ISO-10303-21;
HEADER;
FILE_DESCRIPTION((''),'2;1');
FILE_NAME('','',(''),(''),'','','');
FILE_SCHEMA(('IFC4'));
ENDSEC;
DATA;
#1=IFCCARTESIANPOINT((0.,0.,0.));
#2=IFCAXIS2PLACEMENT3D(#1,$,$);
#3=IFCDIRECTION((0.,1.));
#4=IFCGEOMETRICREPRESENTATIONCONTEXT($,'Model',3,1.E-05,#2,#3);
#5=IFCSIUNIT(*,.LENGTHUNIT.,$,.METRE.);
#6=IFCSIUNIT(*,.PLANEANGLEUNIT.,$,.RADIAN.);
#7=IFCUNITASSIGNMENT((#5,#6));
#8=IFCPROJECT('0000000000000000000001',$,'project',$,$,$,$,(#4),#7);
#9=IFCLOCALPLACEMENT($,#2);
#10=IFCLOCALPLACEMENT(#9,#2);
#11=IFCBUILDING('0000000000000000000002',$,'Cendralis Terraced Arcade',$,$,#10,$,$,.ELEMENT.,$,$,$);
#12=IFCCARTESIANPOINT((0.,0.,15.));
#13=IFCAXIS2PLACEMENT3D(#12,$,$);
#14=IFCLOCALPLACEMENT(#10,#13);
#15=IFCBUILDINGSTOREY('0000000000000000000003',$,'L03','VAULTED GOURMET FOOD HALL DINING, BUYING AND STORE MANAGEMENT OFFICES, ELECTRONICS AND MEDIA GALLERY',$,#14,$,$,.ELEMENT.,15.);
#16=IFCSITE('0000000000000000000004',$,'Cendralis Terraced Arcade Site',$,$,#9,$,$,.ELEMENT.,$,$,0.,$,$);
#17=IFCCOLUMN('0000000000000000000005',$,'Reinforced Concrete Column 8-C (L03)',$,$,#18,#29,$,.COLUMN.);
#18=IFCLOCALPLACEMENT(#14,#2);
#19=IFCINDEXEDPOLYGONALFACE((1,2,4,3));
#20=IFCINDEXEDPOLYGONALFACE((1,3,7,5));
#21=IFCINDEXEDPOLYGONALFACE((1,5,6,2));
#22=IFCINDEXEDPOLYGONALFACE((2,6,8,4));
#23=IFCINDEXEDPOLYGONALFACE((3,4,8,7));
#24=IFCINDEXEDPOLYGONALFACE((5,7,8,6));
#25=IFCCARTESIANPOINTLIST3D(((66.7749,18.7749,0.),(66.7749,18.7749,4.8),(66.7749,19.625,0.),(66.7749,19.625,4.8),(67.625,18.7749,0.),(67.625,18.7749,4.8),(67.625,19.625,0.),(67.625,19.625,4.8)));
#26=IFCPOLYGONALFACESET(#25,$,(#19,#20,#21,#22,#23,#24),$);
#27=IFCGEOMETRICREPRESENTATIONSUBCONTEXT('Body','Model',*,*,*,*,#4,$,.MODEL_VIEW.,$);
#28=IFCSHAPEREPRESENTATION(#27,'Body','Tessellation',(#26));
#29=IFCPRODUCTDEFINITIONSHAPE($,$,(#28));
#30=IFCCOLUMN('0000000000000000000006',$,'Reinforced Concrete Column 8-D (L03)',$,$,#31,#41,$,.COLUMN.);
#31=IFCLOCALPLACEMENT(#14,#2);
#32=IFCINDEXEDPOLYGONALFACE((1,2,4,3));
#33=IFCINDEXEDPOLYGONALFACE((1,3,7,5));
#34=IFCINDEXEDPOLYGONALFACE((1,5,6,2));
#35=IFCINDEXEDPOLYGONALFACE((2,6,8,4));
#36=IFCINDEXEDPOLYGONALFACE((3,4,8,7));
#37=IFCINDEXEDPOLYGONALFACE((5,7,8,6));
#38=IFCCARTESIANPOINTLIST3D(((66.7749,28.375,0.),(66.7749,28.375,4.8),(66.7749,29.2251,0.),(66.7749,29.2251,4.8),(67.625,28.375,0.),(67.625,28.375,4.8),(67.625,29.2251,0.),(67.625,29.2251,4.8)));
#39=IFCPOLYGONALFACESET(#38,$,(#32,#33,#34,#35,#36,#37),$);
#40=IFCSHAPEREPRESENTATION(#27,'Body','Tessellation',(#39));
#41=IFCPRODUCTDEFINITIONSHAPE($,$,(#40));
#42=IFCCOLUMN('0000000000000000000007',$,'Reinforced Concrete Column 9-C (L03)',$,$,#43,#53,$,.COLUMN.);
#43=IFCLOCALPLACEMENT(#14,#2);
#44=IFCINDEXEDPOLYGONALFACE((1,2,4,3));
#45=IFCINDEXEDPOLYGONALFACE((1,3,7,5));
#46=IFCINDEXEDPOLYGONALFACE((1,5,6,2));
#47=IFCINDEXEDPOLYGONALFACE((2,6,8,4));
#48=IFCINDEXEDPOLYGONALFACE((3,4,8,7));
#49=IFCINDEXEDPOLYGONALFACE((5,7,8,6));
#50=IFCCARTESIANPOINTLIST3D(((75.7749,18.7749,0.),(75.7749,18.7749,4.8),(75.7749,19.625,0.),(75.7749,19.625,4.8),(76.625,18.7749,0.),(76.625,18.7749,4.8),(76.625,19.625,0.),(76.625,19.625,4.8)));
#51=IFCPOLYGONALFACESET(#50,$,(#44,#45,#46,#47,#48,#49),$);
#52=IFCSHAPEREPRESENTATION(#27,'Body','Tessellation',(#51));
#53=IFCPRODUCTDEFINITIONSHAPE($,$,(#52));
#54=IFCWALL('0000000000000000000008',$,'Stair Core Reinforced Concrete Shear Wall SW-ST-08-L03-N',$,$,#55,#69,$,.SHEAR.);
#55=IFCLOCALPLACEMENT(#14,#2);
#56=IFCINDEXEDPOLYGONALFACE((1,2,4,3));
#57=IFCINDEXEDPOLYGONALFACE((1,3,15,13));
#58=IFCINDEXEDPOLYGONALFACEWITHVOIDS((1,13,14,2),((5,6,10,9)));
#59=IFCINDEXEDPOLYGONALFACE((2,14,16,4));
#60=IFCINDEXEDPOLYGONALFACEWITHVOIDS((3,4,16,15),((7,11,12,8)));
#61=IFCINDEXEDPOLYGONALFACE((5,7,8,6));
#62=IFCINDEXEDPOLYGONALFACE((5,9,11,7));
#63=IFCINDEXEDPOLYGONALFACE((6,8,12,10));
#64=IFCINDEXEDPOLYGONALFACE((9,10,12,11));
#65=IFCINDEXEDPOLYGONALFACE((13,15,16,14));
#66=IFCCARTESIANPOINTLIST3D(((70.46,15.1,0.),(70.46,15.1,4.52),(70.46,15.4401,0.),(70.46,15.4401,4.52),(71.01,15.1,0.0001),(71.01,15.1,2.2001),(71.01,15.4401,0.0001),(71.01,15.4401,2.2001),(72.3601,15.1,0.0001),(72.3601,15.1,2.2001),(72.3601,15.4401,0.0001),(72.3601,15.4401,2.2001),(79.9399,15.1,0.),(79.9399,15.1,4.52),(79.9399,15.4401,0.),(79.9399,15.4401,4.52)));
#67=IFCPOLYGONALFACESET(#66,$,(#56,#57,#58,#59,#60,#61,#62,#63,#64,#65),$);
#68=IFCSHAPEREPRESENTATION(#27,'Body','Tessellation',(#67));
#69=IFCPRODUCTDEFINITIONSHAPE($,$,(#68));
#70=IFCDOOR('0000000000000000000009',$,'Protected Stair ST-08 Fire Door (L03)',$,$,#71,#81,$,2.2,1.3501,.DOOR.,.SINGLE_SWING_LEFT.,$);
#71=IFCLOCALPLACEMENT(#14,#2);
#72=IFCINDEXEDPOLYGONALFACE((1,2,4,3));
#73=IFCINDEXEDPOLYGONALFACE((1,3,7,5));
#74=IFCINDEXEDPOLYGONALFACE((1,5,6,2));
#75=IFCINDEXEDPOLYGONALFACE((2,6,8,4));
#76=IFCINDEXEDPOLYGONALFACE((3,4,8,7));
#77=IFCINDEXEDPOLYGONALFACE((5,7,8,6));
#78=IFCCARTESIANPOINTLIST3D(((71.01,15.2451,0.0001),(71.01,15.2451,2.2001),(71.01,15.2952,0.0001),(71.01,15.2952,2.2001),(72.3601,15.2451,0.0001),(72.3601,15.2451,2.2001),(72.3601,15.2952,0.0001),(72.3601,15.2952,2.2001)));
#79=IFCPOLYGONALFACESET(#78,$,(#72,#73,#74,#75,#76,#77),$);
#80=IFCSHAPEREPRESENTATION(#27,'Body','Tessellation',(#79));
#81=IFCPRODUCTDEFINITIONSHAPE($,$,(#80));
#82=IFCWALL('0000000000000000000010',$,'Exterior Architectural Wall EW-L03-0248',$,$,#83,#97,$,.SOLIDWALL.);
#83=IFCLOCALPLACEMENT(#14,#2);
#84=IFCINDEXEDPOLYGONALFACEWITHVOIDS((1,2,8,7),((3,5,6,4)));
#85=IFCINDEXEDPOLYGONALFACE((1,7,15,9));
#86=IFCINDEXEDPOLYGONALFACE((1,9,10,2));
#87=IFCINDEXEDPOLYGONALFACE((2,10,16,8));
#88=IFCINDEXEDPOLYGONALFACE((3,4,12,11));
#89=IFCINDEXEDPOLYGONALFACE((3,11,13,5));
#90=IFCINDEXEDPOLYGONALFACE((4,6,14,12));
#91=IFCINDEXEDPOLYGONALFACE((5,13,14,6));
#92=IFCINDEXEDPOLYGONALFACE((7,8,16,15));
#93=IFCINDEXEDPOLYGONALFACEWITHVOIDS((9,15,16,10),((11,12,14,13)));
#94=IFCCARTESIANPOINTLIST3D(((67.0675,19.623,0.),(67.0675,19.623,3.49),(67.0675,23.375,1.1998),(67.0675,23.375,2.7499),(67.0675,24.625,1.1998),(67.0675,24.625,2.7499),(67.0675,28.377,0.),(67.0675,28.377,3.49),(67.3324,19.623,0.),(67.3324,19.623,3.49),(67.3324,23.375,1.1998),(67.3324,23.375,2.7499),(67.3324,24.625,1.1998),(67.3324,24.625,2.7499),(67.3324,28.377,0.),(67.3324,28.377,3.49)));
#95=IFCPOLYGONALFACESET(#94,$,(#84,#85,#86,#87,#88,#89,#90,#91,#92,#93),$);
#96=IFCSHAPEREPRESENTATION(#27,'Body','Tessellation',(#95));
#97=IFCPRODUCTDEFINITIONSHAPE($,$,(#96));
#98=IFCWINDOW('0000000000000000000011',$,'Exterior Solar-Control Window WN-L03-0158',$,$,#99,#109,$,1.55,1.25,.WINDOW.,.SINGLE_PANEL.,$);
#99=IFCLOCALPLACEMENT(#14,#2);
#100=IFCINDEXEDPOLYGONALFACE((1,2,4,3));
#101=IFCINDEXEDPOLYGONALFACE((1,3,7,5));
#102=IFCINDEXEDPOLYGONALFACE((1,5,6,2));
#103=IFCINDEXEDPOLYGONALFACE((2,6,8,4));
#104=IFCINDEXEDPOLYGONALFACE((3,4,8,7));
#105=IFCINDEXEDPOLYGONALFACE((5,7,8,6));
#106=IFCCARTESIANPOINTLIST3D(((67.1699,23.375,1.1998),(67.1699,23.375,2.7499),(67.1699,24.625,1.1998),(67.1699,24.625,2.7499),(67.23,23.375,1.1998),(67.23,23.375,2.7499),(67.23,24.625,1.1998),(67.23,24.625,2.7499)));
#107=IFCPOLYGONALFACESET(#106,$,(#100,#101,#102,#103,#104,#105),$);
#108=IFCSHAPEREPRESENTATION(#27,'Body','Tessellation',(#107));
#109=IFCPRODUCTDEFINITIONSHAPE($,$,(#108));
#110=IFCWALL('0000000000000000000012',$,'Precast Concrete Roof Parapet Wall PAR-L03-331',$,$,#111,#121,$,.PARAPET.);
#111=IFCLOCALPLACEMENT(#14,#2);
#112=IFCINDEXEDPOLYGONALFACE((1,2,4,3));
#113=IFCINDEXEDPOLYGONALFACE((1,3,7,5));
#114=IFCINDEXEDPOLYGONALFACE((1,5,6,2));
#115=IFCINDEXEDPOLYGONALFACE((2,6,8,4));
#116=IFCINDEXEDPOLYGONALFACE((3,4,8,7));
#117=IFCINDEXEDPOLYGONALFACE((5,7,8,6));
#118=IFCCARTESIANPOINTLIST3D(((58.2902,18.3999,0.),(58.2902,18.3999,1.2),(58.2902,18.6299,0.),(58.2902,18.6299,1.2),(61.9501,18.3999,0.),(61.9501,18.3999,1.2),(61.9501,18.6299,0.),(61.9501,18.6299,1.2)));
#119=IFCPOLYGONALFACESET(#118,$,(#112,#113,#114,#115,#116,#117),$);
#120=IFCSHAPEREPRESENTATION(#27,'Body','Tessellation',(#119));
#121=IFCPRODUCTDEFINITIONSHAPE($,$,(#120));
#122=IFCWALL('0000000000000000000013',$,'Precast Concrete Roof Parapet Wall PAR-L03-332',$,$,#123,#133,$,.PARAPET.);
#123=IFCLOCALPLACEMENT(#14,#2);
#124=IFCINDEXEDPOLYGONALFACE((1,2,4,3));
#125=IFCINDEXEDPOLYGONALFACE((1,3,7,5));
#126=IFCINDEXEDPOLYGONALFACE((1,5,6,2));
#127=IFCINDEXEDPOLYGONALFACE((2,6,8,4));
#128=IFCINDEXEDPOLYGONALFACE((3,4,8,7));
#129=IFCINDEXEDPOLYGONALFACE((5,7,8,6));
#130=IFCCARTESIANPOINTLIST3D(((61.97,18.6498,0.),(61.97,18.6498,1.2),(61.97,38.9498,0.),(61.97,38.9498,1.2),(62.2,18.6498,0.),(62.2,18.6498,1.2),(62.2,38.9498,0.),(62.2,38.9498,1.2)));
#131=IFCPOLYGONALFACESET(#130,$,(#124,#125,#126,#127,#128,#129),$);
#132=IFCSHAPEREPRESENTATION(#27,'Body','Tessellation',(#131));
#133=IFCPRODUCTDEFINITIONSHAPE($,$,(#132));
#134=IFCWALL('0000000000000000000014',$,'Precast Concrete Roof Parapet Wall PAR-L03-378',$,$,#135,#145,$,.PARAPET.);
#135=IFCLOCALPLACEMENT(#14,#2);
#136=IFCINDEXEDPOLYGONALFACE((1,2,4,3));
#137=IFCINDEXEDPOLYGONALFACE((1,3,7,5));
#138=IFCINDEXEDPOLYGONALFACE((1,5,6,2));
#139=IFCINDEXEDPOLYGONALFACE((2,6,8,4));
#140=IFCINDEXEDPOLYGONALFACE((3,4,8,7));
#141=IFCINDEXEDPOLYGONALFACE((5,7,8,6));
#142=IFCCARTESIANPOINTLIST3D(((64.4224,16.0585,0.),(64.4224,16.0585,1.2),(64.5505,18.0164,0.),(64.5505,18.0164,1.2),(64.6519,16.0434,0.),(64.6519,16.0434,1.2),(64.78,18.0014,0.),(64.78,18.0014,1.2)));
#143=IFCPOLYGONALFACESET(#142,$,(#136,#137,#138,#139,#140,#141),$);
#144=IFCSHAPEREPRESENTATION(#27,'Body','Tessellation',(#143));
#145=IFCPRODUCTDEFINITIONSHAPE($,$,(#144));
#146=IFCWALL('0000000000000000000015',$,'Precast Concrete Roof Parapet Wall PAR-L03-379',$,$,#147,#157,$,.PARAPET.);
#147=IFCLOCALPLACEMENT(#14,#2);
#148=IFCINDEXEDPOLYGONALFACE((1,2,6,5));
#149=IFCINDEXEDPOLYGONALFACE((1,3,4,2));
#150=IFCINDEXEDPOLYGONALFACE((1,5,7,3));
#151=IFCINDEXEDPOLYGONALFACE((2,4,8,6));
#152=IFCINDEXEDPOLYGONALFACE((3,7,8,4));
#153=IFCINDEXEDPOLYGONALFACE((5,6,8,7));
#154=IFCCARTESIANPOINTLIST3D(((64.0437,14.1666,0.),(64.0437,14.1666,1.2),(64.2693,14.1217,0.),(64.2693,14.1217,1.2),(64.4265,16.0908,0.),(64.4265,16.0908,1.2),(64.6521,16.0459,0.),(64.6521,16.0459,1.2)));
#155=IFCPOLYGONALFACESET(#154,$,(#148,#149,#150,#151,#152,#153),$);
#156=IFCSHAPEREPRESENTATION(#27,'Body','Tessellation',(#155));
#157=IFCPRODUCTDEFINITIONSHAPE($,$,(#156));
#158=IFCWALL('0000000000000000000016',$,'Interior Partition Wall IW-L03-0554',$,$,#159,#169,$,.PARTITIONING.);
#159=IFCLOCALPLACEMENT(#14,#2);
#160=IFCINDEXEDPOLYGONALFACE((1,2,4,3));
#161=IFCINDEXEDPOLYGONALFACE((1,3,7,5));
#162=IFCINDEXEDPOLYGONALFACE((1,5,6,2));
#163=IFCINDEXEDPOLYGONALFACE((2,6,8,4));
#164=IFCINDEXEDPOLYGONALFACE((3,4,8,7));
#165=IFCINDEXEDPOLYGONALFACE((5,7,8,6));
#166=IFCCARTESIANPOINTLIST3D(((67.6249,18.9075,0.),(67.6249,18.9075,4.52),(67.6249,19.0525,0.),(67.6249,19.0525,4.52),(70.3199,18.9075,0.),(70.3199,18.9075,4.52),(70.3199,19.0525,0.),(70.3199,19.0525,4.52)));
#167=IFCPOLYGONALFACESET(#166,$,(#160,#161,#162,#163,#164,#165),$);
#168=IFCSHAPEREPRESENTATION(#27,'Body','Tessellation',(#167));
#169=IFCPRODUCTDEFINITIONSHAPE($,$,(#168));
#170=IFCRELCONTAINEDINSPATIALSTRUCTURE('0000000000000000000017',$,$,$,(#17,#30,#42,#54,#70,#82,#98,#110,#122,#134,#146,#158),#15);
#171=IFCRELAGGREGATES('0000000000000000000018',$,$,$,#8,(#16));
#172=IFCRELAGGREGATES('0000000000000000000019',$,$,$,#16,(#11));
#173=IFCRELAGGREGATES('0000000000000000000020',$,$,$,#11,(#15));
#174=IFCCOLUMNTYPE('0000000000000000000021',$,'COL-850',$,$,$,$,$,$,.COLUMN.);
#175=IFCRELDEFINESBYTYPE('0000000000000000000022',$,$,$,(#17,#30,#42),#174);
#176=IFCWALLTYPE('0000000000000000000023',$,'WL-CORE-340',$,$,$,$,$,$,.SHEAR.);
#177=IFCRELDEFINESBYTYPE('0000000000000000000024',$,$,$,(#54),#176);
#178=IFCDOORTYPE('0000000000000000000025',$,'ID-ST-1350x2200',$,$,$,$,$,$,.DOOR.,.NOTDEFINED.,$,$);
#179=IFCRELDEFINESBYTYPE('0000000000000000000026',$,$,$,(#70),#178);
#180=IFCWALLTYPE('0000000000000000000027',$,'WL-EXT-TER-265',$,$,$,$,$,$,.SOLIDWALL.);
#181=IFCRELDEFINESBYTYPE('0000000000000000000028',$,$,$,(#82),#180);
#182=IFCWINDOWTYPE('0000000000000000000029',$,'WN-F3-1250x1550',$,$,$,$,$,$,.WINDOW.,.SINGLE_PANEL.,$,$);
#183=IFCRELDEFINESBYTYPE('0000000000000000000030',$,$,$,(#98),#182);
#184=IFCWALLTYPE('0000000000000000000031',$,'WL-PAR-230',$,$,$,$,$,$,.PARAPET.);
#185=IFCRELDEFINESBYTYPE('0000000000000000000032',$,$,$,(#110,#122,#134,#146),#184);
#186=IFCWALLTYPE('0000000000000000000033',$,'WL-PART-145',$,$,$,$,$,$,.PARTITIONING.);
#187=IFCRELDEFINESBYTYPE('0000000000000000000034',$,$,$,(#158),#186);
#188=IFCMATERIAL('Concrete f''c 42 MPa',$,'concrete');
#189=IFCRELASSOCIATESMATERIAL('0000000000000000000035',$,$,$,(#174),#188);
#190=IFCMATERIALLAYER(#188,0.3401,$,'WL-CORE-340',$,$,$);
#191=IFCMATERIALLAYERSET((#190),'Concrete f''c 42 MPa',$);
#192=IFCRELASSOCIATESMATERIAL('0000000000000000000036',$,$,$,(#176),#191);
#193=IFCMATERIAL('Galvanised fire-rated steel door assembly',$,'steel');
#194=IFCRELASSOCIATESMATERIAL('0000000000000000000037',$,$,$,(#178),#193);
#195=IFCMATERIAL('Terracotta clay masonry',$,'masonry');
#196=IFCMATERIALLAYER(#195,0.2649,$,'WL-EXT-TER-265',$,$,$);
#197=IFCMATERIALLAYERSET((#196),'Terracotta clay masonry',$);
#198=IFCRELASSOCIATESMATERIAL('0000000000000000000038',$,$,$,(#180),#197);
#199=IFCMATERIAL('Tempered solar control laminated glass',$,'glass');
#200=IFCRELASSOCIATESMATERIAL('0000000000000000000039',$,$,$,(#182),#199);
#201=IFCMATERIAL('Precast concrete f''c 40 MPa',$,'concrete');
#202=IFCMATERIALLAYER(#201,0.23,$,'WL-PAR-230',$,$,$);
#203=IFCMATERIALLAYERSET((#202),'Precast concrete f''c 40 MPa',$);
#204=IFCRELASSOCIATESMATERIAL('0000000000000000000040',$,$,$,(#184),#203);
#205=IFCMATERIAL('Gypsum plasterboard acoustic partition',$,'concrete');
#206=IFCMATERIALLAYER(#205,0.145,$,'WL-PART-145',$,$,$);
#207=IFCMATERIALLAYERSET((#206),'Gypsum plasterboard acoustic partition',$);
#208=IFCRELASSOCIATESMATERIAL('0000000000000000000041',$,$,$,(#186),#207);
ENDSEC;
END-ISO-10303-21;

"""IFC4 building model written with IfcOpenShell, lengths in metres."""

from ifc_helpers import new_model, si_unit, direction, frame, frame_2d, origin, origin_2d, place, context, subcontext, project, spatial, rectangle, extrude, material, layer, layer_set, material_profile, profile_set, type_object, element, fill, save


model = new_model("IFC4")

# Units and contexts
model_context = context("Model", 3, precision=1e-05, world=origin(), true_north=direction((0.0, 1.0)))
body_context = subcontext(model_context, "Body", "Model", "MODEL_VIEW")
ifc_project = project(units=[si_unit("LENGTHUNIT", "METRE"), si_unit("PLANEANGLEUNIT", "RADIAN")], contexts=[model_context])

# Site, building, storey
site_placement = place(None, origin())
site = spatial("IfcSite", under=ifc_project, at=site_placement, Name="Cendralis Terraced Arcade Site", CompositionType="ELEMENT", RefElevation=0.0)
building_placement = place(site_placement, origin())
building = spatial("IfcBuilding", under=site, at=building_placement, Name="Cendralis Terraced Arcade", CompositionType="ELEMENT")
storey_placement = place(building_placement, frame((0.0, 0.0, 15.0)))
storey = spatial("IfcBuildingStorey", under=building, at=storey_placement, Name="L03", Description="VAULTED GOURMET FOOD HALL DINING, BUYING AND STORE MANAGEMENT OFFICES, ELECTRONICS AND MEDIA GALLERY", CompositionType="ELEMENT", Elevation=15.0)

# Columns
ifc_material_1 = material(Name="Concrete f'c 42 MPa", Category="concrete")
ifc_material_profile = material_profile(ifc_material_1, rectangle(XDim=0.8501, YDim=0.8501, at=origin_2d()), Name="RC-COL-850x850", Category="LoadBearing")
ifc_profile_set = profile_set([ifc_material_profile], Name="Concrete f'c 42 MPa")
column_type = type_object("IfcColumnType", Name="COL-850", PredefinedType="COLUMN", material=ifc_profile_set)
for number, where, z_axis, x_axis, name in (
    (1, (67.2, 19.2, 0.0), (0.0, 0.0, 1.0), (1.0, 0.0, 0.0), "Reinforced Concrete Column 8-C (L03)"),
    (2, (67.2, 28.8, 0.0), (0.0, 0.0, 1.0), (1.0, 0.0, 0.0), "Reinforced Concrete Column 8-D (L03)"),
    (3, (76.2, 19.2, 0.0), (0.0, 0.0, 1.0), (1.0, 0.0, 0.0), "Reinforced Concrete Column 9-C (L03)"),
):
    element("IfcColumn", number, at=place(storey_placement, frame(where, z_axis=z_axis, x_axis=x_axis)), inside=storey, type_object=column_type, Name=name, PredefinedType="COLUMN", context=body_context, shape_type="SweptSolid", body=[
        extrude(rectangle(XDim=0.8501, YDim=0.8501, at=origin_2d()), origin(), (0.0, 0.0, 1.0), 4.8),
    ])

# Wall, opening, door
ifc_layer_1 = layer(ifc_material_1, 0.3401, Name="WL-CORE-340")
ifc_layer_set_1 = layer_set([ifc_layer_1], Name="Concrete f'c 42 MPa")
wall_type_1 = type_object("IfcWallType", Name="WL-CORE-340", PredefinedType="SHEAR", material=ifc_layer_set_1)
wall_1_placement = place(storey_placement, frame((70.46, 15.27, 0.0), z_axis=(0.0, 0.0, 1.0), x_axis=(1.0, 0.0, 0.0)))
wall_1 = element("IfcWall", 4, at=wall_1_placement, inside=storey, type_object=wall_type_1, Name="Stair Core Reinforced Concrete Shear Wall SW-ST-08-L03-N", PredefinedType="SHEAR", context=body_context, shape_type="SweptSolid", body=[
    extrude(rectangle(XDim=9.48, YDim=0.3401, at=frame_2d((4.74, 0.0))), origin(), (0.0, 0.0, 1.0), 4.52),
])
opening_1_placement = place(wall_1_placement, frame((0.55, 0.0, 0.0)))
opening_1 = element("IfcOpeningElement", 5, at=opening_1_placement, cuts=wall_1, PredefinedType="OPENING", context=body_context, shape_type="SweptSolid", body=[
    extrude(rectangle(XDim=1.3501, YDim=2.2, at=frame_2d((0.675, 1.1001))), frame((0.0, 0.1821, 0.0), z_axis=(0.0, -1.0, 0.0), x_axis=(1.0, 0.0, 0.0)), (0.0, 0.0, 1.0), 0.364),
])
ifc_material_2 = material(Name="Galvanised fire-rated steel door assembly", Category="steel")
door_type_1 = type_object("IfcDoorType", Name="ID-ST-1350x2200", OperationType="NOTDEFINED", PredefinedType="DOOR", material=ifc_material_2)
door_1_placement = place(opening_1_placement, frame((1.3501, 0.0, 0.0), z_axis=(0.0, 0.0, 1.0), x_axis=(-1.0, 0.0, 0.0)))
door_1 = element("IfcDoor", 6, at=door_1_placement, inside=storey, type_object=door_type_1, Name="Protected Stair ST-08 Fire Door (L03)", OperationType="SINGLE_SWING_LEFT", OverallHeight=2.2, OverallWidth=1.3501, PredefinedType="DOOR", context=body_context, shape_type="SweptSolid", body=[
    extrude(rectangle(XDim=1.3501, YDim=2.2, at=frame_2d((0.675, 1.1001))), frame((0.0, 0.0249, 0.0), z_axis=(0.0, -1.0, 0.0), x_axis=(1.0, 0.0, 0.0)), (0.0, 0.0, 1.0), 0.05),
])
fill(opening_1, door_1)

# Wall, opening, window
ifc_material_3 = material(Name="Terracotta clay masonry", Category="masonry")
ifc_layer_2 = layer(ifc_material_3, 0.2649, Name="WL-EXT-TER-265")
ifc_layer_set_2 = layer_set([ifc_layer_2], Name="Terracotta clay masonry")
wall_type_2 = type_object("IfcWallType", Name="WL-EXT-TER-265", PredefinedType="SOLIDWALL", material=ifc_layer_set_2)
wall_2_placement = place(storey_placement, frame((67.2, 19.623, 0.0), z_axis=(0.0, 0.0, 1.0), x_axis=(0.0, 1.0, 0.0)))
wall_2 = element("IfcWall", 7, at=wall_2_placement, inside=storey, type_object=wall_type_2, Name="Exterior Architectural Wall EW-L03-0248", PredefinedType="SOLIDWALL", context=body_context, shape_type="SweptSolid", body=[
    extrude(rectangle(XDim=8.7539, YDim=0.2649, at=frame_2d((4.377, 0.0))), origin(), (0.0, 0.0, 1.0), 3.49),
])
opening_2_placement = place(wall_2_placement, frame((3.752, 0.0, 1.2)))
opening_2 = element("IfcOpeningElement", 8, at=opening_2_placement, cuts=wall_2, PredefinedType="OPENING", context=body_context, shape_type="SweptSolid", body=[
    extrude(rectangle(XDim=1.25, YDim=1.55, at=frame_2d((0.625, 0.7749))), frame((0.0, 0.1445, 0.0), z_axis=(0.0, -1.0, 0.0), x_axis=(1.0, 0.0, 0.0)), (0.0, 0.0, 1.0), 0.2888),
])
ifc_material_4 = material(Name="Tempered solar control laminated glass", Category="glass")
window_type = type_object("IfcWindowType", Name="WN-F3-1250x1550", PartitioningType="SINGLE_PANEL", PredefinedType="WINDOW", material=ifc_material_4)
window_placement = place(opening_2_placement, origin())
window = element("IfcWindow", 9, at=window_placement, inside=storey, type_object=window_type, Name="Exterior Solar-Control Window WN-L03-0158", OverallHeight=1.55, OverallWidth=1.25, PartitioningType="SINGLE_PANEL", PredefinedType="WINDOW", context=body_context, shape_type="SweptSolid", body=[
    extrude(rectangle(XDim=1.25, YDim=1.55, at=frame_2d((0.625, 0.7749))), frame((0.0, 0.03, 0.0), z_axis=(0.0, -1.0, 0.0), x_axis=(1.0, 0.0, 0.0)), (0.0, 0.0, 1.0), 0.0601),
])
fill(opening_2, window)

# Walls
ifc_material_5 = material(Name="Precast concrete f'c 40 MPa", Category="concrete")
ifc_layer_3 = layer(ifc_material_5, 0.23, Name="WL-PAR-230")
ifc_layer_set_3 = layer_set([ifc_layer_3], Name="Precast concrete f'c 40 MPa")
wall_type_3 = type_object("IfcWallType", Name="WL-PAR-230", PredefinedType="PARAPET", material=ifc_layer_set_3)
wall_3_placement = place(storey_placement, frame((58.29, 18.5149, 0.0), z_axis=(0.0, 0.0, 1.0), x_axis=(1.0, 0.0, 0.0)))
element("IfcWall", 10, at=wall_3_placement, inside=storey, type_object=wall_type_3, Name="Precast Concrete Roof Parapet Wall PAR-L03-331", PredefinedType="PARAPET", context=body_context, shape_type="SweptSolid", body=[
    extrude(rectangle(XDim=3.6599, YDim=0.23, at=frame_2d((1.8301, 0.0))), origin(), (0.0, 0.0, 1.0), 1.2),
])
wall_4_placement = place(storey_placement, frame((62.085, 18.6499, 0.0), z_axis=(0.0, 0.0, 1.0), x_axis=(0.0, 1.0, 0.0)))
element("IfcWall", 11, at=wall_4_placement, inside=storey, type_object=wall_type_3, Name="Precast Concrete Roof Parapet Wall PAR-L03-332", PredefinedType="PARAPET", context=body_context, shape_type="SweptSolid", body=[
    extrude(rectangle(XDim=20.3, YDim=0.23, at=frame_2d((10.1499, 0.0))), origin(), (0.0, 0.0, 1.0), 1.2),
])
wall_5_placement = place(storey_placement, frame((64.6653, 18.0088, 0.0), z_axis=(0.0, 0.0, 1.0), x_axis=(-0.065322, -0.997864, 0.0)))
element("IfcWall", 12, at=wall_5_placement, inside=storey, type_object=wall_type_3, Name="Precast Concrete Roof Parapet Wall PAR-L03-378", PredefinedType="PARAPET", context=body_context, shape_type="SweptSolid", body=[
    extrude(rectangle(XDim=1.9622, YDim=0.23, at=frame_2d((0.981, 0.0))), origin(), (0.0, 0.0, 1.0), 1.2),
])
wall_6_placement = place(storey_placement, frame((64.5393, 16.0684, 0.0), z_axis=(0.0, 0.0, 1.0), x_axis=(-0.195111, -0.980781, 0.0)))
element("IfcWall", 13, at=wall_6_placement, inside=storey, type_object=wall_type_3, Name="Precast Concrete Roof Parapet Wall PAR-L03-379", PredefinedType="PARAPET", context=body_context, shape_type="SweptSolid", body=[
    extrude(rectangle(XDim=1.9619, YDim=0.23, at=frame_2d((0.981, 0.0))), origin(), (0.0, 0.0, 1.0), 1.2),
])
ifc_material_6 = material(Name="Gypsum plasterboard acoustic partition", Category="concrete")
ifc_layer_4 = layer(ifc_material_6, 0.145, Name="WL-PART-145")
ifc_layer_set_4 = layer_set([ifc_layer_4], Name="Gypsum plasterboard acoustic partition")
wall_type_4 = type_object("IfcWallType", Name="WL-PART-145", PredefinedType="PARTITIONING", material=ifc_layer_set_4)
wall_7_placement = place(storey_placement, frame((70.3201, 18.98, 0.0), z_axis=(0.0, 0.0, 1.0), x_axis=(-1.0, 0.0, 0.0)))
element("IfcWall", 14, at=wall_7_placement, inside=storey, type_object=wall_type_4, Name="Interior Partition Wall IW-L03-0554", PredefinedType="PARTITIONING", context=body_context, shape_type="SweptSolid", body=[
    extrude(rectangle(XDim=2.6951, YDim=0.145, at=frame_2d((1.3477, 0.0))), origin(), (0.0, 0.0, 1.0), 4.52),
])

save(model, "model.ifc")
